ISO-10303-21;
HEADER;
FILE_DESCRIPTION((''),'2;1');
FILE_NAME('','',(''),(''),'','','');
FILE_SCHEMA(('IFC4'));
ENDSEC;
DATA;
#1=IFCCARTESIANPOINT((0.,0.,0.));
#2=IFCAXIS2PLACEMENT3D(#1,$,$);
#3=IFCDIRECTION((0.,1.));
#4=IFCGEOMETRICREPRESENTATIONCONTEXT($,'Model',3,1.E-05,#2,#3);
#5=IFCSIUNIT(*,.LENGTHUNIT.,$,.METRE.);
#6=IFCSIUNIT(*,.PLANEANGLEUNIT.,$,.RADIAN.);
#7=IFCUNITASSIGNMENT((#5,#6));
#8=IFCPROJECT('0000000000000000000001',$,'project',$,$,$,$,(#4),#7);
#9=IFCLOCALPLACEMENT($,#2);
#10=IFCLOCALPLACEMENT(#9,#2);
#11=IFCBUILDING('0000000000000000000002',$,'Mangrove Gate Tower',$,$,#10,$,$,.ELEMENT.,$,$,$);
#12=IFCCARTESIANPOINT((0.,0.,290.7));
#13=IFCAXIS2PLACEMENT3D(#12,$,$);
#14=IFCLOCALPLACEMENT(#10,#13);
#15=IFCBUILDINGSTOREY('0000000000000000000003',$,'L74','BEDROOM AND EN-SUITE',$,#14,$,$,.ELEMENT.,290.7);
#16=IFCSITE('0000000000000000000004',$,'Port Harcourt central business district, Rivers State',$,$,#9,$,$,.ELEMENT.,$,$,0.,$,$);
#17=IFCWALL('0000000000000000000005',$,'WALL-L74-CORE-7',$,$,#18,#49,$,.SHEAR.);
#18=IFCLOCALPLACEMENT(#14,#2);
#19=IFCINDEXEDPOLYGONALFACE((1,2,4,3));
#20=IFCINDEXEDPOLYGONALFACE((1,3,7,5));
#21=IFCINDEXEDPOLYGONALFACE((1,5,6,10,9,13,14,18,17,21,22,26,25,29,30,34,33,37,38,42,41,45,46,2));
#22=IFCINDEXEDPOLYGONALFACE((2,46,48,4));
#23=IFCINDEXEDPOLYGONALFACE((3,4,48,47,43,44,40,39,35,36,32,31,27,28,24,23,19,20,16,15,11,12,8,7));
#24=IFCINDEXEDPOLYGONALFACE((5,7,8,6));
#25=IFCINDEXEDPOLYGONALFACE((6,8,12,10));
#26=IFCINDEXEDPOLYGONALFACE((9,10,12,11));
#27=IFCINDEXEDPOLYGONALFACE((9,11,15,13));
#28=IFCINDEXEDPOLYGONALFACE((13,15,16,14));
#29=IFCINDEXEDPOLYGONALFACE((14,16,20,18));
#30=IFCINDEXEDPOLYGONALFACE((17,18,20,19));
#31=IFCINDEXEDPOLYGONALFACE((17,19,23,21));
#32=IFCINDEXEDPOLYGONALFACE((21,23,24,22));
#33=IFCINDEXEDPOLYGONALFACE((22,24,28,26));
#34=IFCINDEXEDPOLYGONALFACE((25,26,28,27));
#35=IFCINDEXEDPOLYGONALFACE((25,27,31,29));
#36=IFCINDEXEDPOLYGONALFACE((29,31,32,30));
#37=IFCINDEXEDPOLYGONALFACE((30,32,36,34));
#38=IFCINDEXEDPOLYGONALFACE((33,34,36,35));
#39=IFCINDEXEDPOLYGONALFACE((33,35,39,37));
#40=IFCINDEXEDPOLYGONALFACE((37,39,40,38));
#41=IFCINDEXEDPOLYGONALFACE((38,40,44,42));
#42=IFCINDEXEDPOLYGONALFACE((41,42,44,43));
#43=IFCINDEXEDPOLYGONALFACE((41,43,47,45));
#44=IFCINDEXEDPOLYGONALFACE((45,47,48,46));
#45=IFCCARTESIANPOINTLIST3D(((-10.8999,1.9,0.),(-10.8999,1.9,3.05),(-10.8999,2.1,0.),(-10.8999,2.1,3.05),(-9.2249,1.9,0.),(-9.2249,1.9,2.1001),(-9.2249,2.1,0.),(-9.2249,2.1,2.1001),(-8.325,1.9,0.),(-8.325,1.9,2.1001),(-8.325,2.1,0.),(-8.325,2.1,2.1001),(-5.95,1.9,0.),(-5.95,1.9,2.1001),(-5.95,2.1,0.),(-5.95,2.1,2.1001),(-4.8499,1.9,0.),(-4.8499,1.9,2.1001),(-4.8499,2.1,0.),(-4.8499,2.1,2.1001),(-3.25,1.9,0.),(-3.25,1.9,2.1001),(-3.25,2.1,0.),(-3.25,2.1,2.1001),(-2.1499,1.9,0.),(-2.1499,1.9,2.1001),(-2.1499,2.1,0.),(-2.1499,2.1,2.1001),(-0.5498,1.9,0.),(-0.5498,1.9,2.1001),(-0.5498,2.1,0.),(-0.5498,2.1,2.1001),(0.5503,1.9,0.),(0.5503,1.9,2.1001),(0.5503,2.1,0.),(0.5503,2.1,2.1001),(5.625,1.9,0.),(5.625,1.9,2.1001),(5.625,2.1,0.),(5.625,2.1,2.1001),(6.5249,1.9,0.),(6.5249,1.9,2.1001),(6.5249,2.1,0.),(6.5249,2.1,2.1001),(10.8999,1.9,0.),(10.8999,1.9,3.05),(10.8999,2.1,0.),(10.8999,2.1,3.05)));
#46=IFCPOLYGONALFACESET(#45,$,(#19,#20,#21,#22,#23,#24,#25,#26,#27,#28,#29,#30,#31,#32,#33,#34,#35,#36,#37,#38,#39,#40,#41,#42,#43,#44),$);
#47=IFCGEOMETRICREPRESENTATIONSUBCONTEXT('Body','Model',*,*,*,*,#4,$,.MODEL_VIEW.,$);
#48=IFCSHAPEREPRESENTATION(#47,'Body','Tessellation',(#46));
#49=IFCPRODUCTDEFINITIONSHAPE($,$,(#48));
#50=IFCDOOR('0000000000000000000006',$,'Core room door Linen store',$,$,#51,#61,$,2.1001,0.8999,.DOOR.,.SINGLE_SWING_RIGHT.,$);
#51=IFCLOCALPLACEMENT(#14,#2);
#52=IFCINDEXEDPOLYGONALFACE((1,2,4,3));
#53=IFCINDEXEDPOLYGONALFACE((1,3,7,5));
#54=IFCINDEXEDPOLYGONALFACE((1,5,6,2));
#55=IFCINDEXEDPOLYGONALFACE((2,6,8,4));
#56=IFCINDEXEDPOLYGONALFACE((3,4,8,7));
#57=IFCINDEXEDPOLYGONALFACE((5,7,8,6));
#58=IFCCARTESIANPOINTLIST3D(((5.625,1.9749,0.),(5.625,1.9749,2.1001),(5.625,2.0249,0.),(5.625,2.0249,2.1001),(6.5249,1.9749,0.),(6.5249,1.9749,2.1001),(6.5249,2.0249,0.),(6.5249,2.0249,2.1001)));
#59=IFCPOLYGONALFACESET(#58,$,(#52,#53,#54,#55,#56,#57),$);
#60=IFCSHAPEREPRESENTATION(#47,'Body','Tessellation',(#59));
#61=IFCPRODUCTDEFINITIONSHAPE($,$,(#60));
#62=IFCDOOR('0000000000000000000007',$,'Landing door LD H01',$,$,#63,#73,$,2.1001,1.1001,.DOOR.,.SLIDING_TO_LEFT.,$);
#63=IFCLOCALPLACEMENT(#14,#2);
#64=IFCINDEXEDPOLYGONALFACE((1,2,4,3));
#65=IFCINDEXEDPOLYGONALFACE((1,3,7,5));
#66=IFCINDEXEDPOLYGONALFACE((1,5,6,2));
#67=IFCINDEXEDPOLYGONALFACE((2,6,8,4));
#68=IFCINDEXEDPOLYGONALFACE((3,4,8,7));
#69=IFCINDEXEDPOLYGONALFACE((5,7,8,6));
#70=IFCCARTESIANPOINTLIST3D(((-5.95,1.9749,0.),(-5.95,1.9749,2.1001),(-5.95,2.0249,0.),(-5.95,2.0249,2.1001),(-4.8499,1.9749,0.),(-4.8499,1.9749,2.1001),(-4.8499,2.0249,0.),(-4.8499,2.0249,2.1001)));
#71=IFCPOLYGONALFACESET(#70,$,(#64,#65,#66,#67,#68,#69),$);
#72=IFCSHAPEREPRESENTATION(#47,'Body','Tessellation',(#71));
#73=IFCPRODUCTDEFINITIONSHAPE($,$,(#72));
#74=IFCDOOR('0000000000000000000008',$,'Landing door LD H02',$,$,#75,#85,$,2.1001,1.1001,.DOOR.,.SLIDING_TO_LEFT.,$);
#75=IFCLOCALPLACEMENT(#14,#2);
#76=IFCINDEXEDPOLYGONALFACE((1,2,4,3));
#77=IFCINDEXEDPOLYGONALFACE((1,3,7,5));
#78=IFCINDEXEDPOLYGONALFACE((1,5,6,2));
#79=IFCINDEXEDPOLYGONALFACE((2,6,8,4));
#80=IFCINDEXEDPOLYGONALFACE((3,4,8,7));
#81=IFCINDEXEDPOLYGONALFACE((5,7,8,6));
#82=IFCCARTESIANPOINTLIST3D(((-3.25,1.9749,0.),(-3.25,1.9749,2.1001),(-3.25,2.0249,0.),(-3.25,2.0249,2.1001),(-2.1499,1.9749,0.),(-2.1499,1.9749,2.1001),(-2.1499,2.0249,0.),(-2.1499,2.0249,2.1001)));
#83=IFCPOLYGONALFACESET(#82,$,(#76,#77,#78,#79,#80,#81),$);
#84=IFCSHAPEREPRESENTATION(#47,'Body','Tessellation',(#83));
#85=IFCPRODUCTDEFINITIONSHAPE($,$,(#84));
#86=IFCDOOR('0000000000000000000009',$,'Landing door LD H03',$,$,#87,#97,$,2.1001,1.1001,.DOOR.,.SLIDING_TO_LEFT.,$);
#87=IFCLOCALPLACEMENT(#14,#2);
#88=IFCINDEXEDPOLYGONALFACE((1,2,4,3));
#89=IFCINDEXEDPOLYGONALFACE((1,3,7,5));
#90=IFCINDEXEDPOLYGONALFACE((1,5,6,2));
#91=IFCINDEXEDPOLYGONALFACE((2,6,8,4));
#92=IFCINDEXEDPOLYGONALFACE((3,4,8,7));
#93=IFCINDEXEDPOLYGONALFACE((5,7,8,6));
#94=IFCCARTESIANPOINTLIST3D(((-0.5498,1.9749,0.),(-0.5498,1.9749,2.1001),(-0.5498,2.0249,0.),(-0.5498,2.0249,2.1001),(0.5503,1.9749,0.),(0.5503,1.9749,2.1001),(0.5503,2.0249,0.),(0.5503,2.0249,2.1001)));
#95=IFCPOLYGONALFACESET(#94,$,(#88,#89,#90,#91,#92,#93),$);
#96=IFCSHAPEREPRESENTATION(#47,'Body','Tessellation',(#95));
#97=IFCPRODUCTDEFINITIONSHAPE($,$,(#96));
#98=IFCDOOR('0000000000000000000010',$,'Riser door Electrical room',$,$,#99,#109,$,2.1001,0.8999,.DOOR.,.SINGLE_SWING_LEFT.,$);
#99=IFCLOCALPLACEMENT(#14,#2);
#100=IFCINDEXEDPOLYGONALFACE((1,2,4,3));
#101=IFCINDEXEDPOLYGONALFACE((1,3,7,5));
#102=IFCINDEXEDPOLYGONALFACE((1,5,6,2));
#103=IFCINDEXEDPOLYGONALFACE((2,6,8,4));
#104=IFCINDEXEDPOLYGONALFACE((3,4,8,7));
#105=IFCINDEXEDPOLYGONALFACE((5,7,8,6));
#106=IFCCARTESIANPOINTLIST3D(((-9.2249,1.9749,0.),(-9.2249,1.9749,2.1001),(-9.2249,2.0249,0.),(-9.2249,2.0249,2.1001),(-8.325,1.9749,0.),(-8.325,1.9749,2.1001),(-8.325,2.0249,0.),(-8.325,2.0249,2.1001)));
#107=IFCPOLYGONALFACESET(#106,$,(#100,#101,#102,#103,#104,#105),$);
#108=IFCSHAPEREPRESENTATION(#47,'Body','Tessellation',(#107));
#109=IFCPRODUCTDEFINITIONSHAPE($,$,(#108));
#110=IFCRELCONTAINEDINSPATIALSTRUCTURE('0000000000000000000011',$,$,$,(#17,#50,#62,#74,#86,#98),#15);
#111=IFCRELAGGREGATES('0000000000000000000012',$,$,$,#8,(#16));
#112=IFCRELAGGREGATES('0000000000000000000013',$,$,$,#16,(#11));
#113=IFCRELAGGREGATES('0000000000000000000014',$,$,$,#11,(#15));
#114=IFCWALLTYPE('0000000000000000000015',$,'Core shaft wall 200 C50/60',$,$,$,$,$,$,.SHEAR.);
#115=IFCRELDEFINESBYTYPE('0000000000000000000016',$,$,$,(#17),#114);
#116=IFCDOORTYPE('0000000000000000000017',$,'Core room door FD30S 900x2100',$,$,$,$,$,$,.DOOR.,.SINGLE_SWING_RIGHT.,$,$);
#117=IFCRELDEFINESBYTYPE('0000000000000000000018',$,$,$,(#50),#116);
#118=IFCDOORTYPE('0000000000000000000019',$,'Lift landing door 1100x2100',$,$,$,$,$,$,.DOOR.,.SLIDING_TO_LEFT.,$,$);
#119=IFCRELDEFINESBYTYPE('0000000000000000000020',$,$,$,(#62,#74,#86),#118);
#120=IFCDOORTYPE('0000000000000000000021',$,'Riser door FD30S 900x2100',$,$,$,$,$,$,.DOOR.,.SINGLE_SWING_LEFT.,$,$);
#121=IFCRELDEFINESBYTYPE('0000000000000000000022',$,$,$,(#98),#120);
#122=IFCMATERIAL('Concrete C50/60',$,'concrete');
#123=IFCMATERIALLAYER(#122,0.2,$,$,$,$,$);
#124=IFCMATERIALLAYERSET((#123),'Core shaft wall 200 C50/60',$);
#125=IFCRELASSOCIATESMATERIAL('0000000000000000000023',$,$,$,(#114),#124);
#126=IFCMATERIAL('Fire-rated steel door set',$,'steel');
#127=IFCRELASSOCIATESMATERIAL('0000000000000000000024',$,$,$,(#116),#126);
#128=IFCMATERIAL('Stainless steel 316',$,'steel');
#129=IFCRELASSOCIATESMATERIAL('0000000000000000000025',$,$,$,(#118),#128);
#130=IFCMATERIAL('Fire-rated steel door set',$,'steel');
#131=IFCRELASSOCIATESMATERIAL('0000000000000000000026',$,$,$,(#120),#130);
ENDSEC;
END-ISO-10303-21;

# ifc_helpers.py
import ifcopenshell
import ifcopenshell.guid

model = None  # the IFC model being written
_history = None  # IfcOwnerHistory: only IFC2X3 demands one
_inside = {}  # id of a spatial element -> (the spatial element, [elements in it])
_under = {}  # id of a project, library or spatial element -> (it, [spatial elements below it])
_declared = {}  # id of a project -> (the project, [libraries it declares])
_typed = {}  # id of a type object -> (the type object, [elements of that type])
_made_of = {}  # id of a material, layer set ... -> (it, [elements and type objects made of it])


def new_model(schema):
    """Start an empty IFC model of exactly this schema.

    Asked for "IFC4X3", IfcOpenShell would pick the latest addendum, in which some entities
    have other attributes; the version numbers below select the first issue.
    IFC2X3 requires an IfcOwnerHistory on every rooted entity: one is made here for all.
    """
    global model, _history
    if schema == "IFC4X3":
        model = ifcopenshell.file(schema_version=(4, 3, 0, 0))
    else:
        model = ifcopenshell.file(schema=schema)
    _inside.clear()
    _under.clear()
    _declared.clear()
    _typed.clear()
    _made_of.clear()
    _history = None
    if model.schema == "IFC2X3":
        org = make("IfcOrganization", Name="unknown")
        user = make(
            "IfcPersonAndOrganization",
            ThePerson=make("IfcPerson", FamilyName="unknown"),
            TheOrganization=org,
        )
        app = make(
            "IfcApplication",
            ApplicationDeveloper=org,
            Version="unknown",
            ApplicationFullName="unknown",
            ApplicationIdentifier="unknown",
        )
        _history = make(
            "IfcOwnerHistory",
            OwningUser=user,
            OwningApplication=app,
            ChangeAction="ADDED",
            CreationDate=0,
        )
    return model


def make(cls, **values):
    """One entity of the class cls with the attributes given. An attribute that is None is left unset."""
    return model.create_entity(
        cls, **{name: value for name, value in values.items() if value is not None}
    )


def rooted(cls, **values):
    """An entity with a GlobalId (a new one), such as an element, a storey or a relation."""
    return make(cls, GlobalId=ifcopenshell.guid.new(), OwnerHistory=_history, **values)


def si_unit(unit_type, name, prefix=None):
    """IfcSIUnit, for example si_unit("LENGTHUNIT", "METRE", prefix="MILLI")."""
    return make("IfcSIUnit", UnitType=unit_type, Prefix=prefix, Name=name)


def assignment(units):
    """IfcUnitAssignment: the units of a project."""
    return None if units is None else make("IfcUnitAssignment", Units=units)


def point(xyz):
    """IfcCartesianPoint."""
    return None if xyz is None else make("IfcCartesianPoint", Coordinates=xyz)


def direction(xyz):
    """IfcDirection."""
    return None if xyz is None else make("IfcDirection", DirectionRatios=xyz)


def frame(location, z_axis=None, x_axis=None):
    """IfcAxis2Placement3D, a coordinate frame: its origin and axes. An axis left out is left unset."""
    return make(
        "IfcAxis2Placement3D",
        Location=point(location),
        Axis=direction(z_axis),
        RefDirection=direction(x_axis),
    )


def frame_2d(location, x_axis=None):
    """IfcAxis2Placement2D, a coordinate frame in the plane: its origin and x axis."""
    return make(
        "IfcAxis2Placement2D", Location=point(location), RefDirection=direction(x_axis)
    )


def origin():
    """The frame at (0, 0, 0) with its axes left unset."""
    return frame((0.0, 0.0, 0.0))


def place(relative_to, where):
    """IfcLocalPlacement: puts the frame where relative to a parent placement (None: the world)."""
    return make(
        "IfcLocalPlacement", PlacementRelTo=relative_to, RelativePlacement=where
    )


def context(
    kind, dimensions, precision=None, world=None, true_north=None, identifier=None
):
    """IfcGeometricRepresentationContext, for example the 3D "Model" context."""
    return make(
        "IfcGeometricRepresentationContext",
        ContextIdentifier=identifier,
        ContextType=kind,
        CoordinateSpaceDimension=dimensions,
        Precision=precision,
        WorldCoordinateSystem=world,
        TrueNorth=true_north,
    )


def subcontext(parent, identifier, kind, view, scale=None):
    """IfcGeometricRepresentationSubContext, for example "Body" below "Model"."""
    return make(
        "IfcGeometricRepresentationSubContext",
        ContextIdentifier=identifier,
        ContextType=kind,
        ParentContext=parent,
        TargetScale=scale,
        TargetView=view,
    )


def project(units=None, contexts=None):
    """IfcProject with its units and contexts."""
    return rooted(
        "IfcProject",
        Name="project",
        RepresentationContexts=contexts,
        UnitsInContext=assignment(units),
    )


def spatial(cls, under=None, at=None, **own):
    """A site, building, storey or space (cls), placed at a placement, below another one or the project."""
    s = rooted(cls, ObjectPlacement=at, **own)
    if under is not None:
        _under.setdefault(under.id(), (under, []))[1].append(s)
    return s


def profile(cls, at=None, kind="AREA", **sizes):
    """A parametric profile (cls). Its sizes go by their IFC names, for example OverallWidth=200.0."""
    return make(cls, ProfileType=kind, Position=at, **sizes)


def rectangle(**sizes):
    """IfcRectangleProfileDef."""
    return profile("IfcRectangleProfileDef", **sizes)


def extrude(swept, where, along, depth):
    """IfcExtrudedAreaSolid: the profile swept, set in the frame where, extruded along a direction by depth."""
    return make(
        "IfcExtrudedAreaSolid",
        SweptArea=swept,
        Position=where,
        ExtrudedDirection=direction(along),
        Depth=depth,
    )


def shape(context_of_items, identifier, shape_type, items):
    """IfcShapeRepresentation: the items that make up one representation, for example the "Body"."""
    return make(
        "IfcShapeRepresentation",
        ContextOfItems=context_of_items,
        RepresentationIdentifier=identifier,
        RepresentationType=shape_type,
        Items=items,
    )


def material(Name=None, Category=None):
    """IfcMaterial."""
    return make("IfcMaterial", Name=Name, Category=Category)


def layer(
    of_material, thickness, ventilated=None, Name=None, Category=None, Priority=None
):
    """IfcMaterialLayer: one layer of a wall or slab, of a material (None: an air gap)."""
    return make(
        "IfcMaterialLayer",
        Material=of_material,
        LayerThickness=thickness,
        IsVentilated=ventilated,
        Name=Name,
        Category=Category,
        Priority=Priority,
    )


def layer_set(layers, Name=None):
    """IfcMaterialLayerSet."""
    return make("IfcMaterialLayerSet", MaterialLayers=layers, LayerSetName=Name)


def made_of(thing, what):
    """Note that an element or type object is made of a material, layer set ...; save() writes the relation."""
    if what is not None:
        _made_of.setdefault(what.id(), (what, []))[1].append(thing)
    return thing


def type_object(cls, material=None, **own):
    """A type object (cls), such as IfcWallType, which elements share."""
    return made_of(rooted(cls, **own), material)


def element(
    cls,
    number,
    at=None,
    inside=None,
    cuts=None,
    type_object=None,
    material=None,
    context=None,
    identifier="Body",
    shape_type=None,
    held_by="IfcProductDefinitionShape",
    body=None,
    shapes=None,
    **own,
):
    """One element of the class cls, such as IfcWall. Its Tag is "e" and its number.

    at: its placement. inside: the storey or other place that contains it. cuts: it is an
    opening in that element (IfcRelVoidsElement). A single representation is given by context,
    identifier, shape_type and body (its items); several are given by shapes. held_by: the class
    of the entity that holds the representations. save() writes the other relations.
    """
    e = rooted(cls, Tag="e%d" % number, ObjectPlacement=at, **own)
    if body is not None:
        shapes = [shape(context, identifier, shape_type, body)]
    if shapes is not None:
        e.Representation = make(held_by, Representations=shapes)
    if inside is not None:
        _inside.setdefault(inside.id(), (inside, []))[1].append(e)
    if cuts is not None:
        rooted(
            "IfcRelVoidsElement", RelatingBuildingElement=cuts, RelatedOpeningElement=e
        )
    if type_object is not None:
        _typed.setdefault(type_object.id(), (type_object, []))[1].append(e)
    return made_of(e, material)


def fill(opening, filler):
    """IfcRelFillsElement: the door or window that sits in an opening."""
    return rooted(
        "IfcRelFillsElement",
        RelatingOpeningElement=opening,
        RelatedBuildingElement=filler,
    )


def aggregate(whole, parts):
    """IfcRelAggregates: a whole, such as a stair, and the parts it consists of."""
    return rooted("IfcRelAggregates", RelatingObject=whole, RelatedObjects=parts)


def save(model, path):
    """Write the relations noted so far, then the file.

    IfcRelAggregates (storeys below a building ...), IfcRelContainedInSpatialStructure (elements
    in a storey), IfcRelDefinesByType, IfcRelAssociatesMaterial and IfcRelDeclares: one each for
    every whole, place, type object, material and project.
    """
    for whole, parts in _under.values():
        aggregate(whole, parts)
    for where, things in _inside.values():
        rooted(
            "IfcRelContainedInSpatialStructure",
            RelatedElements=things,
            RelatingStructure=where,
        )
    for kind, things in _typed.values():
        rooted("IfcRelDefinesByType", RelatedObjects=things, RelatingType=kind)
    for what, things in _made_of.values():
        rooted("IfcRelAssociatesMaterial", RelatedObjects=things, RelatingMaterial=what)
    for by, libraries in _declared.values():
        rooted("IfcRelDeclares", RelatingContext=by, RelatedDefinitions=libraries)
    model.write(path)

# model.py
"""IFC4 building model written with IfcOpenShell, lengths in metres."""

from ifc_helpers import new_model, si_unit, direction, frame, frame_2d, origin, place, context, subcontext, project, spatial, rectangle, extrude, material, layer, layer_set, type_object, element, fill, save


model = new_model("IFC4")

# Units and contexts
model_context = context("Model", 3, precision=1e-05, world=origin(), true_north=direction((0.0, 1.0)))
body_context = subcontext(model_context, "Body", "Model", "MODEL_VIEW")
ifc_project = project(units=[si_unit("LENGTHUNIT", "METRE"), si_unit("PLANEANGLEUNIT", "RADIAN")], contexts=[model_context])

# Site, building, storey
site_placement = place(None, origin())
site = spatial("IfcSite", under=ifc_project, at=site_placement, Name="Port Harcourt central business district, Rivers State", CompositionType="ELEMENT", RefElevation=0.0)
building_placement = place(site_placement, origin())
building = spatial("IfcBuilding", under=site, at=building_placement, Name="Mangrove Gate Tower", CompositionType="ELEMENT")
storey_placement = place(building_placement, frame((0.0, 0.0, 290.7)))
storey = spatial("IfcBuildingStorey", under=building, at=storey_placement, Name="L74", Description="BEDROOM AND EN-SUITE", CompositionType="ELEMENT", Elevation=290.7)

# Wall, openings, doors
ifc_material_1 = material(Name="Concrete C50/60", Category="concrete")
ifc_layer_1 = layer(ifc_material_1, 0.2)
ifc_layer_set_1 = layer_set([ifc_layer_1], Name="Core shaft wall 200 C50/60")
wall_type_1 = type_object("IfcWallType", Name="Core shaft wall 200 C50/60", PredefinedType="SHEAR", material=ifc_layer_set_1)
wall_1_placement = place(storey_placement, frame((-10.8999, 2.0, 0.0), z_axis=(0.0, 0.0, 1.0), x_axis=(1.0, 0.0, 0.0)))
wall_1 = element("IfcWall", 1, at=wall_1_placement, inside=storey, type_object=wall_type_1, Name="WALL-L74-CORE-7", PredefinedType="SHEAR", context=body_context, shape_type="SweptSolid", body=[
    extrude(rectangle(XDim=21.7998, YDim=0.2, at=frame_2d((10.8999, 0.0))), origin(), (0.0, 0.0, 1.0), 3.05),
])
opening_1_placement = place(wall_1_placement, frame((4.95, 0.0, 0.0)))
opening_1 = element("IfcOpeningElement", 2, at=opening_1_placement, cuts=wall_1, PredefinedType="OPENING", context=body_context, shape_type="SweptSolid", body=[
    extrude(rectangle(XDim=1.1001, YDim=2.1001, at=frame_2d((0.55, 1.05))), frame((0.0, 0.1099, 0.0), z_axis=(0.0, -1.0, 0.0), x_axis=(1.0, 0.0, 0.0)), (0.0, 0.0, 1.0), 0.22),
])
opening_2_placement = place(wall_1_placement, frame((7.6499, 0.0, 0.0)))
opening_2 = element("IfcOpeningElement", 3, at=opening_2_placement, cuts=wall_1, PredefinedType="OPENING", context=body_context, shape_type="SweptSolid", body=[
    extrude(rectangle(XDim=1.1001, YDim=2.1001, at=frame_2d((0.55, 1.05))), frame((0.0, 0.1099, 0.0), z_axis=(0.0, -1.0, 0.0), x_axis=(1.0, 0.0, 0.0)), (0.0, 0.0, 1.0), 0.22),
])
opening_3_placement = place(wall_1_placement, frame((10.3501, 0.0, 0.0)))
opening_3 = element("IfcOpeningElement", 4, at=opening_3_placement, cuts=wall_1, PredefinedType="OPENING", context=body_context, shape_type="SweptSolid", body=[
    extrude(rectangle(XDim=1.1001, YDim=2.1001, at=frame_2d((0.55, 1.05))), frame((0.0, 0.1099, 0.0), z_axis=(0.0, -1.0, 0.0), x_axis=(1.0, 0.0, 0.0)), (0.0, 0.0, 1.0), 0.22),
])
opening_4_placement = place(wall_1_placement, frame((1.675, 0.0, 0.0)))
opening_4 = element("IfcOpeningElement", 5, at=opening_4_placement, cuts=wall_1, PredefinedType="OPENING", context=body_context, shape_type="SweptSolid", body=[
    extrude(rectangle(XDim=0.8999, YDim=2.1001, at=frame_2d((0.45, 1.05))), frame((0.0, 0.1099, 0.0), z_axis=(0.0, -1.0, 0.0), x_axis=(1.0, 0.0, 0.0)), (0.0, 0.0, 1.0), 0.22),
])
opening_5_placement = place(wall_1_placement, frame((16.5249, 0.0, 0.0)))
opening_5 = element("IfcOpeningElement", 6, at=opening_5_placement, cuts=wall_1, PredefinedType="OPENING", context=body_context, shape_type="SweptSolid", body=[
    extrude(rectangle(XDim=0.8999, YDim=2.1001, at=frame_2d((0.45, 1.05))), frame((0.0, 0.1099, 0.0), z_axis=(0.0, -1.0, 0.0), x_axis=(1.0, 0.0, 0.0)), (0.0, 0.0, 1.0), 0.22),
])
ifc_material_2 = material(Name="Fire-rated steel door set", Category="steel")
door_type_1 = type_object("IfcDoorType", Name="Core room door FD30S 900x2100", OperationType="SINGLE_SWING_RIGHT", PredefinedType="DOOR", material=ifc_material_2)
door_1_placement = place(opening_5_placement, origin())
door_1 = element("IfcDoor", 7, at=door_1_placement, inside=storey, type_object=door_type_1, Name="Core room door Linen store", OperationType="SINGLE_SWING_RIGHT", OverallHeight=2.1001, OverallWidth=0.8999, PredefinedType="DOOR", context=body_context, shape_type="SweptSolid", body=[
    extrude(rectangle(XDim=0.8999, YDim=2.1001, at=frame_2d((0.45, 1.05))), frame((0.0, 0.0249, 0.0), z_axis=(0.0, -1.0, 0.0), x_axis=(1.0, 0.0, 0.0)), (0.0, 0.0, 1.0), 0.05),
])
fill(opening_5, door_1)
ifc_material_3 = material(Name="Stainless steel 316", Category="steel")
door_type_2 = type_object("IfcDoorType", Name="Lift landing door 1100x2100", OperationType="SLIDING_TO_LEFT", PredefinedType="DOOR", material=ifc_material_3)
door_2_placement = place(opening_1_placement, origin())
door_2 = element("IfcDoor", 8, at=door_2_placement, inside=storey, type_object=door_type_2, Name="Landing door LD H01", OperationType="SLIDING_TO_LEFT", OverallHeight=2.1001, OverallWidth=1.1001, PredefinedType="DOOR", context=body_context, shape_type="SweptSolid", body=[
    extrude(rectangle(XDim=1.1001, YDim=2.1001, at=frame_2d((0.55, 1.05))), frame((0.0, 0.0249, 0.0), z_axis=(0.0, -1.0, 0.0), x_axis=(1.0, 0.0, 0.0)), (0.0, 0.0, 1.0), 0.05),
])
fill(opening_1, door_2)
door_3_placement = place(opening_2_placement, origin())
door_3 = element("IfcDoor", 9, at=door_3_placement, inside=storey, type_object=door_type_2, Name="Landing door LD H02", OperationType="SLIDING_TO_LEFT", OverallHeight=2.1001, OverallWidth=1.1001, PredefinedType="DOOR", context=body_context, shape_type="SweptSolid", body=[
    extrude(rectangle(XDim=1.1001, YDim=2.1001, at=frame_2d((0.55, 1.05))), frame((0.0, 0.0249, 0.0), z_axis=(0.0, -1.0, 0.0), x_axis=(1.0, 0.0, 0.0)), (0.0, 0.0, 1.0), 0.05),
])
fill(opening_2, door_3)
door_4_placement = place(opening_3_placement, origin())
door_4 = element("IfcDoor", 10, at=door_4_placement, inside=storey, type_object=door_type_2, Name="Landing door LD H03", OperationType="SLIDING_TO_LEFT", OverallHeight=2.1001, OverallWidth=1.1001, PredefinedType="DOOR", context=body_context, shape_type="SweptSolid", body=[
    extrude(rectangle(XDim=1.1001, YDim=2.1001, at=frame_2d((0.55, 1.05))), frame((0.0, 0.0249, 0.0), z_axis=(0.0, -1.0, 0.0), x_axis=(1.0, 0.0, 0.0)), (0.0, 0.0, 1.0), 0.05),
])
fill(opening_3, door_4)
ifc_material_4 = material(Name="Fire-rated steel door set", Category="steel")
door_type_3 = type_object("IfcDoorType", Name="Riser door FD30S 900x2100", OperationType="SINGLE_SWING_LEFT", PredefinedType="DOOR", material=ifc_material_4)
door_5_placement = place(opening_4_placement, origin())
door_5 = element("IfcDoor", 11, at=door_5_placement, inside=storey, type_object=door_type_3, Name="Riser door Electrical room", OperationType="SINGLE_SWING_LEFT", OverallHeight=2.1001, OverallWidth=0.8999, PredefinedType="DOOR", context=body_context, shape_type="SweptSolid", body=[
    extrude(rectangle(XDim=0.8999, YDim=2.1001, at=frame_2d((0.45, 1.05))), frame((0.0, 0.0249, 0.0), z_axis=(0.0, -1.0, 0.0), x_axis=(1.0, 0.0, 0.0)), (0.0, 0.0, 1.0), 0.05),
])
fill(opening_4, door_5)

save(model, "model.ifc")
